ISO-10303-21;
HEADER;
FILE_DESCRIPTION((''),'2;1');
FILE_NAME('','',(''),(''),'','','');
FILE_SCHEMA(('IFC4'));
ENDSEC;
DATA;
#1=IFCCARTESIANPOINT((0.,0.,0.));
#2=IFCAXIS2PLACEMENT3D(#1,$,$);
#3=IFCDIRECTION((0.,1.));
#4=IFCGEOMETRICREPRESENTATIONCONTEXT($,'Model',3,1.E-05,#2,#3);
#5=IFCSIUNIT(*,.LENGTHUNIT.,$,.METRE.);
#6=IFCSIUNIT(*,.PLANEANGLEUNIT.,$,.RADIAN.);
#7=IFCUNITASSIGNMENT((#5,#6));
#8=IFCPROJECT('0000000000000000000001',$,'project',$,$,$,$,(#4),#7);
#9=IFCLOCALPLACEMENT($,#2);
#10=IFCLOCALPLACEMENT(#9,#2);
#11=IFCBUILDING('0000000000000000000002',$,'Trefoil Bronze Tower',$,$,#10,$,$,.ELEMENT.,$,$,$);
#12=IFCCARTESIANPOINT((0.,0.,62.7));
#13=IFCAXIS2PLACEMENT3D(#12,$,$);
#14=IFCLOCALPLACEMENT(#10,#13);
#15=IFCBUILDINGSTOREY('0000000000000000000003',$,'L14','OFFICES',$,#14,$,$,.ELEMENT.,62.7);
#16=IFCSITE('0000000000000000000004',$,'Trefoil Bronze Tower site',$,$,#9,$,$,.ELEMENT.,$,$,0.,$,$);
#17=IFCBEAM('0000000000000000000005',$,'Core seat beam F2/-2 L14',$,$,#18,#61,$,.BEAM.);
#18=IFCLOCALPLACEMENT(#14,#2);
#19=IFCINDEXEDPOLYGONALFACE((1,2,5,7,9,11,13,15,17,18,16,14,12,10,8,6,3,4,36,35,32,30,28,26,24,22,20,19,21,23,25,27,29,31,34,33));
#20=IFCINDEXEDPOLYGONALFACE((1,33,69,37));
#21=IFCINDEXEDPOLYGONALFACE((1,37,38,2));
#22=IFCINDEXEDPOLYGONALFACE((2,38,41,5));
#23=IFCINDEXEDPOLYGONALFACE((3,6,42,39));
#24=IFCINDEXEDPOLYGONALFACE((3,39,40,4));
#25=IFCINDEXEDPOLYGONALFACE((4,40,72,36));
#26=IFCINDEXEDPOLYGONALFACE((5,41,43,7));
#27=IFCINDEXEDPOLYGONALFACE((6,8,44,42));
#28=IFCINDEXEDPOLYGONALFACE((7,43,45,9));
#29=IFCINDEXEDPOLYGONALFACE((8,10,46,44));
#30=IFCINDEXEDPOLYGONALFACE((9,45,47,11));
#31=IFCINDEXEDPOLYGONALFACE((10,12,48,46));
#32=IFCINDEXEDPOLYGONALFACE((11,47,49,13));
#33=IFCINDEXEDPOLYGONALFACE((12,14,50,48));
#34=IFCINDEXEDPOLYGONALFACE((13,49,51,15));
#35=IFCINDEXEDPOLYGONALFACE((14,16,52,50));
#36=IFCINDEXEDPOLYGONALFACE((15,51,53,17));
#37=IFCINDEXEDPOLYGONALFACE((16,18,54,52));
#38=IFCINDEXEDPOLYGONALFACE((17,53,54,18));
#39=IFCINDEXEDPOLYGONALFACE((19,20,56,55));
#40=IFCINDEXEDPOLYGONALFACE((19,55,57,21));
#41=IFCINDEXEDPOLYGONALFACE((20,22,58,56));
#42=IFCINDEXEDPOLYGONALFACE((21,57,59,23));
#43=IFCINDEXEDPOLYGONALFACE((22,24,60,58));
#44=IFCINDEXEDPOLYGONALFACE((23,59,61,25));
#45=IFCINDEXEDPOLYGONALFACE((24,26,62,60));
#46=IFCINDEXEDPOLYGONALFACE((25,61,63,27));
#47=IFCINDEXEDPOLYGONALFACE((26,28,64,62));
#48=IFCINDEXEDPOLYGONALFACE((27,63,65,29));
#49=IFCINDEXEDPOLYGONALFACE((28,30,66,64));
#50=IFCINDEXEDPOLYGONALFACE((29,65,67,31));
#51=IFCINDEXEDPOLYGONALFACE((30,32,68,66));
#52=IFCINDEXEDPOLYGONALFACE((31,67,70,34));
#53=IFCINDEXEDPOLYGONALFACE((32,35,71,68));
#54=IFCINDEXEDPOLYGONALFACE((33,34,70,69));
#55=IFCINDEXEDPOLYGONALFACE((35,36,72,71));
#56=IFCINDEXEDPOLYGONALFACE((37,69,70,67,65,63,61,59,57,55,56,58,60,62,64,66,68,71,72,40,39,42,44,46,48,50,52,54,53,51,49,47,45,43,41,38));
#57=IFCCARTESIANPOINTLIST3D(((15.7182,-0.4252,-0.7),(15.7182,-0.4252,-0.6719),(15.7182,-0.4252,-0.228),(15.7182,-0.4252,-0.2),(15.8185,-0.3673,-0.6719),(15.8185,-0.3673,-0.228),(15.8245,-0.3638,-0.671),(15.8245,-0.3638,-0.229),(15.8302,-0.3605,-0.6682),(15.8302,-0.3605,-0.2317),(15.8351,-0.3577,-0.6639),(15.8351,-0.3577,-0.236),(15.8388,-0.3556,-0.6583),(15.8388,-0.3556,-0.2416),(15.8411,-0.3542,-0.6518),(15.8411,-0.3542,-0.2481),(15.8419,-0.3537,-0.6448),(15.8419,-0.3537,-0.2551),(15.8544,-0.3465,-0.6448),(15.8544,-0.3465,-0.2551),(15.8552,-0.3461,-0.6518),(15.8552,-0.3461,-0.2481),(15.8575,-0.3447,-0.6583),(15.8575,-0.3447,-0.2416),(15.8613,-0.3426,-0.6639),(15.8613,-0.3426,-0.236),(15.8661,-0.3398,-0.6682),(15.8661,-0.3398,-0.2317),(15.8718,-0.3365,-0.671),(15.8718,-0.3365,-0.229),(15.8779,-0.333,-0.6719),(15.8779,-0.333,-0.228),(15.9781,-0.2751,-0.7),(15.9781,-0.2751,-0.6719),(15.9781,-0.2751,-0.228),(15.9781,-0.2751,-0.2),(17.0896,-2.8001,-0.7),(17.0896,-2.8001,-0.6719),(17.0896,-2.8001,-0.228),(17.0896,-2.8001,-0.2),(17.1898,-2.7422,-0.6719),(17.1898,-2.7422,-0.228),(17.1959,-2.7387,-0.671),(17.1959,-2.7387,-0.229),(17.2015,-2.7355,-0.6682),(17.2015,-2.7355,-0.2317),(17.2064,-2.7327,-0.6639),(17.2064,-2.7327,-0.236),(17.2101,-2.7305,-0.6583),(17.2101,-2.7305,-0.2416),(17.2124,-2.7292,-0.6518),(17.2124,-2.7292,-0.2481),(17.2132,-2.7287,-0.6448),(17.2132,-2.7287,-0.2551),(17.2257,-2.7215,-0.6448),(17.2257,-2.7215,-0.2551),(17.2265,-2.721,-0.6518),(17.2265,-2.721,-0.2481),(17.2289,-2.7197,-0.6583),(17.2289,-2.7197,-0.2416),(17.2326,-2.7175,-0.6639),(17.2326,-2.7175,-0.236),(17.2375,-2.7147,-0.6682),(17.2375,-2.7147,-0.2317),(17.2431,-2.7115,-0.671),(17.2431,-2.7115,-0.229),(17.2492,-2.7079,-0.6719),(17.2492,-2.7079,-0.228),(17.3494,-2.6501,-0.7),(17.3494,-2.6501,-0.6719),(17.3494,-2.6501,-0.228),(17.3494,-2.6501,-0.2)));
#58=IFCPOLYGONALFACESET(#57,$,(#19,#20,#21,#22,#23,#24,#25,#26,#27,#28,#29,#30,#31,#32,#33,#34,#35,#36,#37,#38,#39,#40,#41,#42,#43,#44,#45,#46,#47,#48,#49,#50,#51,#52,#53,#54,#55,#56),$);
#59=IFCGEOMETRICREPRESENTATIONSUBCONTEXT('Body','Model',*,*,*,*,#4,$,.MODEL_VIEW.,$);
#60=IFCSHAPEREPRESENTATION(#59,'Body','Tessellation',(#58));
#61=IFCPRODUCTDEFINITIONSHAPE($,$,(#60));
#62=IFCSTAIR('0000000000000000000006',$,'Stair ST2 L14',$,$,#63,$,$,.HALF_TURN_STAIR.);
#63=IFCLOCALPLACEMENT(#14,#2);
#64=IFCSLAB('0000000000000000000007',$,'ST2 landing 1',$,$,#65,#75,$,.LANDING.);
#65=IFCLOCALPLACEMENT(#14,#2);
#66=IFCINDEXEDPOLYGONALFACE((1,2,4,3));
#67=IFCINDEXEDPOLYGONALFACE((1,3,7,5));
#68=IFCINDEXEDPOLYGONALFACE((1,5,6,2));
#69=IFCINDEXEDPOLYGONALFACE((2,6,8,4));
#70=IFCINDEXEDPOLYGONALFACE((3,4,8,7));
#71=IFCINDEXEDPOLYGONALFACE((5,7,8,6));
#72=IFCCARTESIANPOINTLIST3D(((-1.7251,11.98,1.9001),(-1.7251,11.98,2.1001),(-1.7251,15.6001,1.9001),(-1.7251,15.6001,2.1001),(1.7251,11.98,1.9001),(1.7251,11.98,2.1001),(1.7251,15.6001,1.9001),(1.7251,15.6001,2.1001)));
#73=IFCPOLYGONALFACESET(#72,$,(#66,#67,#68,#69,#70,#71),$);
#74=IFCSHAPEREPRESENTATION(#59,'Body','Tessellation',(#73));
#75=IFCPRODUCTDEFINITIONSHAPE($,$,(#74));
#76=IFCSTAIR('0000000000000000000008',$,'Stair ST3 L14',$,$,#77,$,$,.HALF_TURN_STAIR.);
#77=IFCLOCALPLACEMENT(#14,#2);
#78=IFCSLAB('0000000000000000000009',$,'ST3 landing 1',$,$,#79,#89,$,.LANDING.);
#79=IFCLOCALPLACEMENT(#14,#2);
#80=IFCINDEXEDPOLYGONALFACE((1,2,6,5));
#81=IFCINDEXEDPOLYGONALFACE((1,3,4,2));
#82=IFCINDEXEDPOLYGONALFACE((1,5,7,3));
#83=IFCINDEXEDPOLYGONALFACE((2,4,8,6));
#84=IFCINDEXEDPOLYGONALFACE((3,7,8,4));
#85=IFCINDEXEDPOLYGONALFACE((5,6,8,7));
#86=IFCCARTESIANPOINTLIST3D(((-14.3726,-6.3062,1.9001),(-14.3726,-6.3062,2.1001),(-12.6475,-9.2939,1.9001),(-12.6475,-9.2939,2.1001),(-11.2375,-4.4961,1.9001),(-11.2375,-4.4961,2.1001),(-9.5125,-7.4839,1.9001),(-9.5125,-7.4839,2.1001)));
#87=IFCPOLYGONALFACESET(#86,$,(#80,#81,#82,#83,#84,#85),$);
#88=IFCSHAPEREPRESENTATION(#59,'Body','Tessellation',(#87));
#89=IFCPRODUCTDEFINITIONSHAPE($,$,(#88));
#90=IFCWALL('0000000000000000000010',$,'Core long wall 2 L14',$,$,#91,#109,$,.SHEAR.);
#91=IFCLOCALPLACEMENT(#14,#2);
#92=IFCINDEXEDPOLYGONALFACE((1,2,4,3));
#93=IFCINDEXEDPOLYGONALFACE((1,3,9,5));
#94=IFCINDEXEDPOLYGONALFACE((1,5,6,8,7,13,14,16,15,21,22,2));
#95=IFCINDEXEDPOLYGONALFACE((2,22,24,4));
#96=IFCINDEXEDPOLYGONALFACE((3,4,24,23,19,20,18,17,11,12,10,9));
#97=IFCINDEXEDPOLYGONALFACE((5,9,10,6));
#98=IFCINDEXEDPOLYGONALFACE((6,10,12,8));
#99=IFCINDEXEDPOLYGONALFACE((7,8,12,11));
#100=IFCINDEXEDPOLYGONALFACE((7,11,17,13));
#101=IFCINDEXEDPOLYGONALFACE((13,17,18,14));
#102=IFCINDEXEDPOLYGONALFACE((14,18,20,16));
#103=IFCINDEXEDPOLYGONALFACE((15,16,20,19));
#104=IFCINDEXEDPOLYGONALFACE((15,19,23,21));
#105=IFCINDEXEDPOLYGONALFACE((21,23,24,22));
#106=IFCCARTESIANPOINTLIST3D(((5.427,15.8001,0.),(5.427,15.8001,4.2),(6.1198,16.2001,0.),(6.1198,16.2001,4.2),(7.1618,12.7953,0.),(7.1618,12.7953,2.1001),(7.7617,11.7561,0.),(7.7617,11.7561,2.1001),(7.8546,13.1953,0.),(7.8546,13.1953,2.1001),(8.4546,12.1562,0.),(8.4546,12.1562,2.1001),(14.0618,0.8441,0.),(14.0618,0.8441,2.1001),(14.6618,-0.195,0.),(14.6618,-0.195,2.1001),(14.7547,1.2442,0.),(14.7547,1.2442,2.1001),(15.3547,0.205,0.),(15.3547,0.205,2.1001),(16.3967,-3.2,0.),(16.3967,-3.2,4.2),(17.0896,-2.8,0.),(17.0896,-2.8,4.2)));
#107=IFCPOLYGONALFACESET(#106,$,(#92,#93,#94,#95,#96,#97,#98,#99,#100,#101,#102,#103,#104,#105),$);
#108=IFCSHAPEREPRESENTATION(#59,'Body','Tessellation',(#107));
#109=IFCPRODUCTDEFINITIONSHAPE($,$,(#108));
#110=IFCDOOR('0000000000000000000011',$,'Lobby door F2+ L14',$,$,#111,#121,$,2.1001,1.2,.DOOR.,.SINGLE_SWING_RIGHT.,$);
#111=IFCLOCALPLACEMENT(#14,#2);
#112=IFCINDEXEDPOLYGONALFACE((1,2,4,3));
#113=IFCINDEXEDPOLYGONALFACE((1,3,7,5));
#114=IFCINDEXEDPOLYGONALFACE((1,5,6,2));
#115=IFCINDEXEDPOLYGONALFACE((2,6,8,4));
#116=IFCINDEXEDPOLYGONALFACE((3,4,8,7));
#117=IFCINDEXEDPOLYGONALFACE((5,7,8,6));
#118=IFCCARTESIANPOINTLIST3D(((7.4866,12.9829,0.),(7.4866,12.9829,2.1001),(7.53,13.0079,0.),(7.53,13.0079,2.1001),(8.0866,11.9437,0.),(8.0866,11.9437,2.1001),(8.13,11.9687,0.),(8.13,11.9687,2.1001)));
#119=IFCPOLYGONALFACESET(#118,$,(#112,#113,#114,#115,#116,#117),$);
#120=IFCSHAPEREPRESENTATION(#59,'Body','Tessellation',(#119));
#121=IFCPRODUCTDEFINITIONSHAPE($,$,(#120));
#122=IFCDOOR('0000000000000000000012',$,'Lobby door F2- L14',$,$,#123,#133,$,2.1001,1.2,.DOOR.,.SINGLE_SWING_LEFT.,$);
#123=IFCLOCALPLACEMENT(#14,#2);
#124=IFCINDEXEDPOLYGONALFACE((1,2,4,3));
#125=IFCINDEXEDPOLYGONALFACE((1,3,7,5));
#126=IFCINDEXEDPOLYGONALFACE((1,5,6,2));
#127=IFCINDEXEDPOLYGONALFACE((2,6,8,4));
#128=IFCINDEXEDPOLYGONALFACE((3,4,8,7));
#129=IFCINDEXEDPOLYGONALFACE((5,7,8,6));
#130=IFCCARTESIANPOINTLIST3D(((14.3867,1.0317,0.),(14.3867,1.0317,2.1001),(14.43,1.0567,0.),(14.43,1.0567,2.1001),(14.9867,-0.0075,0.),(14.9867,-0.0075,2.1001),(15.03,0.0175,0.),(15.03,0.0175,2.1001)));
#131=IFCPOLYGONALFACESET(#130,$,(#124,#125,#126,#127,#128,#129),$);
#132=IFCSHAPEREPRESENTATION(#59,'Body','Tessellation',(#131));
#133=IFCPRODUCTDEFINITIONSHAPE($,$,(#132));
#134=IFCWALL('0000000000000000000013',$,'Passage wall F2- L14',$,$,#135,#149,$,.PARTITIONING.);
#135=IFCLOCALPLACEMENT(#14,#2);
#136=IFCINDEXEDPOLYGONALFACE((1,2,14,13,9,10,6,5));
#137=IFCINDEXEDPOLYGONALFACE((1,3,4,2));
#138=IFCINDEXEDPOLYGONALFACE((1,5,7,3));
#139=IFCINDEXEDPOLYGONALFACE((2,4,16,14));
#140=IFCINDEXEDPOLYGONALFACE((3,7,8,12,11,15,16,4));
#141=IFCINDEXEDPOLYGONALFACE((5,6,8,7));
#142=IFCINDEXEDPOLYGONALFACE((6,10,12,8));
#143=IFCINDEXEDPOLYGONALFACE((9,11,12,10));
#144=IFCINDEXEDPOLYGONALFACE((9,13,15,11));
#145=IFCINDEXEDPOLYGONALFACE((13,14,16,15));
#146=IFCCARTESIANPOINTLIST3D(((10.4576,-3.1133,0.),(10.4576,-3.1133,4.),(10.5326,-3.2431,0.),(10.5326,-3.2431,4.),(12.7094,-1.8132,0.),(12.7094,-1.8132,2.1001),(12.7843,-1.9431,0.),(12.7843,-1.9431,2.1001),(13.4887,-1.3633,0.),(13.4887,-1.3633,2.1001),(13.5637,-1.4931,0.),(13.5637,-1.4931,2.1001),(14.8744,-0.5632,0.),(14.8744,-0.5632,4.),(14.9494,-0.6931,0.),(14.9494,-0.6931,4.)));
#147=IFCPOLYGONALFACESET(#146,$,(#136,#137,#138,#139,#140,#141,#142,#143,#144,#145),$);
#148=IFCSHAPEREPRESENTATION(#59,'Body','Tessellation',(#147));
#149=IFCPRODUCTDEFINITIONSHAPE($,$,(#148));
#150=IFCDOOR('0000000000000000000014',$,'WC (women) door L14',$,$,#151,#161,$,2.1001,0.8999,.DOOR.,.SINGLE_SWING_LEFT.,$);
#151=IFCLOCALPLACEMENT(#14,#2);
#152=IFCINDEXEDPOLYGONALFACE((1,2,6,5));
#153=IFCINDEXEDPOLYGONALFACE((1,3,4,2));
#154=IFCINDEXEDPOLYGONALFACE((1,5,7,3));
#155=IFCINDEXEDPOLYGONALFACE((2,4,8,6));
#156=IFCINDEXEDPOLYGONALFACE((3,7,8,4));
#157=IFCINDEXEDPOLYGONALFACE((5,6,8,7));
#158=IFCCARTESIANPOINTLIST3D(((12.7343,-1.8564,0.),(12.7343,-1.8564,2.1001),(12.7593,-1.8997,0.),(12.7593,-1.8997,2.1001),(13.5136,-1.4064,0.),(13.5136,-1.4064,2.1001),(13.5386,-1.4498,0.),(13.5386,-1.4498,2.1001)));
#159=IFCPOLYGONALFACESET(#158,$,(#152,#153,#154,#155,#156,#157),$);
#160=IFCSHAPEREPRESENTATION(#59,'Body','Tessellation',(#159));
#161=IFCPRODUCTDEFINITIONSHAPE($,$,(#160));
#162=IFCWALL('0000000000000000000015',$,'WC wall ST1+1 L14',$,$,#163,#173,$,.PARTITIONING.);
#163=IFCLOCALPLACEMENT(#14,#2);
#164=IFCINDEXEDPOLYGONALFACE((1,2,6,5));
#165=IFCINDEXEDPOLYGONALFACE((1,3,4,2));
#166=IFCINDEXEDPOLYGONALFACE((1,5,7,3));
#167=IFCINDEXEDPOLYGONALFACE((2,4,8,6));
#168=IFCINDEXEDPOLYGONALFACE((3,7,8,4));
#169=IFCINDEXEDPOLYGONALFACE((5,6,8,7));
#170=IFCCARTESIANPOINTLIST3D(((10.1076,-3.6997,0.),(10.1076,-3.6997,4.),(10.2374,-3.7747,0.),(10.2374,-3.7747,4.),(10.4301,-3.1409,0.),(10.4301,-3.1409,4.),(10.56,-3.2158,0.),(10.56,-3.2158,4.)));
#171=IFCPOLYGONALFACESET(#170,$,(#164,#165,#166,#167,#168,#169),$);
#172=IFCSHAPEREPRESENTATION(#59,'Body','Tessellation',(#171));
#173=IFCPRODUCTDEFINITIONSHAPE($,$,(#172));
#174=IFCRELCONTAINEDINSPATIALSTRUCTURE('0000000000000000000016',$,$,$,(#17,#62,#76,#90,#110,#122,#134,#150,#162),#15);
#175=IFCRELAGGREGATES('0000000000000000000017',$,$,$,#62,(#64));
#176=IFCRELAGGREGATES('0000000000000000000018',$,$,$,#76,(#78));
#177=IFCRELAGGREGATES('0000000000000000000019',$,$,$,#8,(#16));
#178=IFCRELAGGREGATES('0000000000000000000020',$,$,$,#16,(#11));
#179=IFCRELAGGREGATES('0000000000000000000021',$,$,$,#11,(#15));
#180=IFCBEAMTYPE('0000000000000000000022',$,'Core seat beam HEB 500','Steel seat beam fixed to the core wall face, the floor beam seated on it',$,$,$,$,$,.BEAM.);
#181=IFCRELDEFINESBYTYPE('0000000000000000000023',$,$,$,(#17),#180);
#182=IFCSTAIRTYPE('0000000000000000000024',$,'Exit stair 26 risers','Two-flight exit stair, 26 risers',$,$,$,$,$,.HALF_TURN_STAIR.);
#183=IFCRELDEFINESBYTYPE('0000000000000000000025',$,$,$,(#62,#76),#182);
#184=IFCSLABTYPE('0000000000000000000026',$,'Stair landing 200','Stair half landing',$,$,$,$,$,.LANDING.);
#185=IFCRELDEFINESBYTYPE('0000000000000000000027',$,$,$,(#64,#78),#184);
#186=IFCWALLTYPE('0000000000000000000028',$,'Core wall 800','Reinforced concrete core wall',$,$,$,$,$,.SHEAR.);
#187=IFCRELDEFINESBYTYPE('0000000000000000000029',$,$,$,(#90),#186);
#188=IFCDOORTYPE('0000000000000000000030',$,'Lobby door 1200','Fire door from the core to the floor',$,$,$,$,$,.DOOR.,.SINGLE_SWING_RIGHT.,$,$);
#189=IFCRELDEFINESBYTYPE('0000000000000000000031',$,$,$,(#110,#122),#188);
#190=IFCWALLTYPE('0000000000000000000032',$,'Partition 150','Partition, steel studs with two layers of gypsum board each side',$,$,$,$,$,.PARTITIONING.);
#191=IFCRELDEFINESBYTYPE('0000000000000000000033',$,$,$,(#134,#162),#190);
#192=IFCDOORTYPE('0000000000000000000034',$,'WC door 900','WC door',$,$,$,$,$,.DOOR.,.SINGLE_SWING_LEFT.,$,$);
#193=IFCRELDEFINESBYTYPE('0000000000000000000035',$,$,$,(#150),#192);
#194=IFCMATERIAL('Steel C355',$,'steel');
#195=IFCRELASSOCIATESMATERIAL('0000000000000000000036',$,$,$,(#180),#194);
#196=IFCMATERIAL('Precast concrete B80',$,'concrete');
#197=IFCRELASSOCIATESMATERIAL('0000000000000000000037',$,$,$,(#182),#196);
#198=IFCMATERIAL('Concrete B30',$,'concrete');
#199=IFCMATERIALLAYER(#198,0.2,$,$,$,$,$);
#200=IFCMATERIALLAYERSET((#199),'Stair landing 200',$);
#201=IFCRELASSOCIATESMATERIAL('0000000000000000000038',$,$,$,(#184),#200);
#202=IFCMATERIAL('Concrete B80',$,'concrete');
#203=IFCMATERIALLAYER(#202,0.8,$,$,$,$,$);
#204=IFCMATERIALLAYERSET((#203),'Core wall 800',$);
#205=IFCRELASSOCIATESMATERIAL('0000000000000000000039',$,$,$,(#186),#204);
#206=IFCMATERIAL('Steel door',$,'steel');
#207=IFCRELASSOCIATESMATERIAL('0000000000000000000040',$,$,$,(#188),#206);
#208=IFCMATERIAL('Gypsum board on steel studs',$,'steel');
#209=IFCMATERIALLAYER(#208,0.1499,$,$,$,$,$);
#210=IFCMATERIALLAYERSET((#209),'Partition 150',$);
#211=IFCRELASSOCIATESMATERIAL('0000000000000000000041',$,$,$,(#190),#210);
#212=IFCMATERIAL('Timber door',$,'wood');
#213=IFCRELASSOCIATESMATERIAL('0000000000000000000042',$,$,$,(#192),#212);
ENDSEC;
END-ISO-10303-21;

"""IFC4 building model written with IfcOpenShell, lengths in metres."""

from ifc_helpers import new_model, si_unit, direction, frame, frame_2d, origin, origin_2d, place, context, subcontext, project, spatial, polyline, rectangle, i_section, outline, extrude, material, layer, layer_set, material_profile, profile_set, type_object, element, fill, aggregate, save


model = new_model("IFC4")

# Units and contexts
model_context = context("Model", 3, precision=1e-05, world=origin(), true_north=direction((0.0, 1.0)))
body_context = subcontext(model_context, "Body", "Model", "MODEL_VIEW")
ifc_project = project(units=[si_unit("LENGTHUNIT", "METRE"), si_unit("PLANEANGLEUNIT", "RADIAN")], contexts=[model_context])

# Site, building, storey
site_placement = place(None, origin())
site = spatial("IfcSite", under=ifc_project, at=site_placement, Name="Trefoil Bronze Tower site", CompositionType="ELEMENT", RefElevation=0.0)
building_placement = place(site_placement, origin())
building = spatial("IfcBuilding", under=site, at=building_placement, Name="Trefoil Bronze Tower", CompositionType="ELEMENT")
storey_placement = place(building_placement, frame((0.0, 0.0, 62.7)))
storey = spatial("IfcBuildingStorey", under=building, at=storey_placement, Name="L14", Description="OFFICES", CompositionType="ELEMENT", Elevation=62.7)

# Beam
ifc_material_1 = material(Name="Steel C355", Category="steel")
ifc_material_profile = material_profile(ifc_material_1, i_section(OverallWidth=0.3, OverallDepth=0.5, WebThickness=0.0144, FlangeThickness=0.0281, FilletRadius=0.0271, at=origin_2d()), Name="HEB 500")
ifc_profile_set = profile_set([ifc_material_profile], Name="Steel C355")
beam_type = type_object("IfcBeamType", Name="Core seat beam HEB 500", Description="Steel seat beam fixed to the core wall face, the floor beam seated on it", PredefinedType="BEAM", material=ifc_profile_set)
beam_placement = place(storey_placement, frame((17.2195, -2.7251, -0.45), z_axis=(-0.500036, 0.866005, 0.0), x_axis=(-0.866005, -0.500036, 0.0)))
element("IfcBeam", 1, at=beam_placement, inside=storey, type_object=beam_type, Name="Core seat beam F2/-2 L14", PredefinedType="BEAM", context=body_context, shape_type="SweptSolid", body=[
    extrude(i_section(OverallWidth=0.3, OverallDepth=0.5, WebThickness=0.0144, FlangeThickness=0.0281, FilletRadius=0.0271, at=origin_2d()), origin(), (0.0, 0.0, 1.0), 2.7424),
])

# Stairs, slabs
ifc_material_2 = material(Name="Precast concrete B80", Category="concrete")
stair_type = type_object("IfcStairType", Name="Exit stair 26 risers", Description="Two-flight exit stair, 26 risers", PredefinedType="HALF_TURN_STAIR", material=ifc_material_2)
stair_1_placement = place(storey_placement, origin())
stair_1 = element("IfcStair", 2, at=stair_1_placement, inside=storey, type_object=stair_type, Name="Stair ST2 L14", PredefinedType="HALF_TURN_STAIR")
ifc_material_3 = material(Name="Concrete B30", Category="concrete")
ifc_layer_1 = layer(ifc_material_3, 0.2)
ifc_layer_set_1 = layer_set([ifc_layer_1], Name="Stair landing 200")
slab_type = type_object("IfcSlabType", Name="Stair landing 200", Description="Stair half landing", PredefinedType="LANDING", material=ifc_layer_set_1)
slab_1_placement = place(storey_placement, frame((0.0, 0.0, 1.9001)))
slab_1 = element("IfcSlab", 3, at=slab_1_placement, type_object=slab_type, Name="ST2 landing 1", PredefinedType="LANDING", context=body_context, shape_type="SweptSolid", body=[
    extrude(outline(polyline([(1.7251, 11.98), (1.7251, 15.6001), (-1.7251, 15.6001), (-1.7251, 11.98), (1.7251, 11.98)])), origin(), (0.0, 0.0, 1.0), 0.2),
])
aggregate(stair_1, [slab_1])
stair_2_placement = place(storey_placement, origin())
stair_2 = element("IfcStair", 4, at=stair_2_placement, inside=storey, type_object=stair_type, Name="Stair ST3 L14", PredefinedType="HALF_TURN_STAIR")
slab_2_placement = place(storey_placement, frame((0.0, 0.0, 1.9001)))
slab_2 = element("IfcSlab", 5, at=slab_2_placement, type_object=slab_type, Name="ST3 landing 1", PredefinedType="LANDING", context=body_context, shape_type="SweptSolid", body=[
    extrude(outline(polyline([(-11.2375, -4.4961), (-14.3726, -6.3062), (-12.6475, -9.2939), (-9.5125, -7.4839), (-11.2375, -4.4961)])), origin(), (0.0, 0.0, 1.0), 0.2),
])
aggregate(stair_2, [slab_2])

# Wall, openings, doors
ifc_material_4 = material(Name="Concrete B80", Category="concrete")
ifc_layer_2 = layer(ifc_material_4, 0.8)
ifc_layer_set_2 = layer_set([ifc_layer_2], Name="Core wall 800")
wall_type_1 = type_object("IfcWallType", Name="Core wall 800", Description="Reinforced concrete core wall", PredefinedType="SHEAR", material=ifc_layer_set_2)
wall_1_placement = place(storey_placement, frame((16.7432, -3.0, 0.0), z_axis=(0.0, 0.0, 1.0), x_axis=(-0.500002, 0.866024, 0.0)))
wall_1 = element("IfcWall", 6, at=wall_1_placement, inside=storey, type_object=wall_type_1, Name="Core long wall 2 L14", PredefinedType="SHEAR", context=body_context, shape_type="SweptSolid", body=[
    extrude(rectangle(XDim=21.9395, YDim=0.8, at=frame_2d((10.9697, 0.0))), origin(), (0.0, 0.0, 1.0), 4.2),
])
opening_1_placement = place(wall_1_placement, frame((17.2698, 0.0, 0.0)))
opening_1 = element("IfcOpeningElement", 7, at=opening_1_placement, cuts=wall_1, PredefinedType="OPENING", context=body_context, shape_type="SweptSolid", body=[
    extrude(rectangle(XDim=1.2, YDim=2.1001, at=frame_2d((0.6001, 1.05))), frame((0.0, 0.4099, 0.0), z_axis=(0.0, -1.0, 0.0), x_axis=(1.0, 0.0, 0.0)), (0.0, 0.0, 1.0), 0.8201),
])
opening_2_placement = place(wall_1_placement, frame((3.4697, 0.0, 0.0)))
opening_2 = element("IfcOpeningElement", 8, at=opening_2_placement, cuts=wall_1, PredefinedType="OPENING", context=body_context, shape_type="SweptSolid", body=[
    extrude(rectangle(XDim=1.2, YDim=2.1001, at=frame_2d((0.6001, 1.05))), frame((0.0, 0.4099, 0.0), z_axis=(0.0, -1.0, 0.0), x_axis=(1.0, 0.0, 0.0)), (0.0, 0.0, 1.0), 0.8201),
])
ifc_material_5 = material(Name="Steel door", Category="steel")
door_type_1 = type_object("IfcDoorType", Name="Lobby door 1200", Description="Fire door from the core to the floor", OperationType="SINGLE_SWING_RIGHT", PredefinedType="DOOR", material=ifc_material_5)
door_1_placement = place(opening_1_placement, origin())
door_1 = element("IfcDoor", 9, at=door_1_placement, inside=storey, type_object=door_type_1, Name="Lobby door F2+ L14", OperationType="SINGLE_SWING_RIGHT", OverallHeight=2.1001, OverallWidth=1.2, PredefinedType="DOOR", context=body_context, shape_type="SweptSolid", body=[
    extrude(rectangle(XDim=1.2, YDim=2.1001, at=frame_2d((0.6001, 1.05))), frame((0.0, 0.0249, 0.0), z_axis=(0.0, -1.0, 0.0), x_axis=(1.0, 0.0, 0.0)), (0.0, 0.0, 1.0), 0.05),
])
fill(opening_1, door_1)
door_2_placement = place(opening_2_placement, origin())
door_2 = element("IfcDoor", 10, at=door_2_placement, inside=storey, type_object=door_type_1, Name="Lobby door F2- L14", OperationType="SINGLE_SWING_LEFT", OverallHeight=2.1001, OverallWidth=1.2, PredefinedType="DOOR", context=body_context, shape_type="SweptSolid", body=[
    extrude(rectangle(XDim=1.2, YDim=2.1001, at=frame_2d((0.6001, 1.05))), frame((0.0, 0.0249, 0.0), z_axis=(0.0, -1.0, 0.0), x_axis=(1.0, 0.0, 0.0)), (0.0, 0.0, 1.0), 0.05),
])
fill(opening_2, door_2)

# Wall, opening, door
ifc_material_6 = material(Name="Gypsum board on steel studs", Category="steel")
ifc_layer_3 = layer(ifc_material_6, 0.1499)
ifc_layer_set_3 = layer_set([ifc_layer_3], Name="Partition 150")
wall_type_2 = type_object("IfcWallType", Name="Partition 150", Description="Partition, steel studs with two layers of gypsum board each side", PredefinedType="PARTITIONING", material=ifc_layer_set_3)
wall_2_placement = place(storey_placement, frame((10.4951, -3.1782, 0.0), z_axis=(0.0, 0.0, 1.0), x_axis=(0.866022, 0.500006, 0.0)))
wall_2 = element("IfcWall", 11, at=wall_2_placement, inside=storey, type_object=wall_type_2, Name="Passage wall F2- L14", PredefinedType="PARTITIONING", context=body_context, shape_type="SweptSolid", body=[
    extrude(rectangle(XDim=5.1001, YDim=0.1499, at=frame_2d((2.55, 0.0))), origin(), (0.0, 0.0, 1.0), 4.0),
])
opening_3_placement = place(wall_2_placement, frame((2.6001, 0.0, 0.0)))
opening_3 = element("IfcOpeningElement", 12, at=opening_3_placement, cuts=wall_2, PredefinedType="OPENING", context=body_context, shape_type="SweptSolid", body=[
    extrude(rectangle(XDim=0.8999, YDim=2.1001, at=frame_2d((0.45, 1.05))), frame((0.0, 0.085, 0.0), z_axis=(0.0, -1.0, 0.0), x_axis=(1.0, 0.0, 0.0)), (0.0, 0.0, 1.0), 0.1699),
])
ifc_material_7 = material(Name="Timber door", Category="wood")
door_type_2 = type_object("IfcDoorType", Name="WC door 900", Description="WC door", OperationType="SINGLE_SWING_LEFT", PredefinedType="DOOR", material=ifc_material_7)
door_3_placement = place(opening_3_placement, frame((0.8999, 0.0, 0.0), z_axis=(0.0, 0.0, 1.0), x_axis=(-1.0, 0.0, 0.0)))
door_3 = element("IfcDoor", 13, at=door_3_placement, inside=storey, type_object=door_type_2, Name="WC (women) door L14", OperationType="SINGLE_SWING_LEFT", OverallHeight=2.1001, OverallWidth=0.8999, PredefinedType="DOOR", context=body_context, shape_type="SweptSolid", body=[
    extrude(rectangle(XDim=0.8999, YDim=2.1001, at=frame_2d((0.45, 1.05))), frame((0.0, 0.0249, 0.0), z_axis=(0.0, -1.0, 0.0), x_axis=(1.0, 0.0, 0.0)), (0.0, 0.0, 1.0), 0.05),
])
fill(opening_3, door_3)

# Wall
wall_3_placement = place(storey_placement, frame((10.4951, -3.1782, 0.0), z_axis=(0.0, 0.0, 1.0), x_axis=(-0.499843, -0.866116, 0.0)))
element("IfcWall", 14, at=wall_3_placement, inside=storey, type_object=wall_type_2, Name="WC wall ST1+1 L14", PredefinedType="PARTITIONING", context=body_context, shape_type="SweptSolid", body=[
    extrude(rectangle(XDim=0.6453, YDim=0.1499, at=frame_2d((0.3228, 0.0))), origin(), (0.0, 0.0, 1.0), 4.0),
])

save(model, "model.ifc")
